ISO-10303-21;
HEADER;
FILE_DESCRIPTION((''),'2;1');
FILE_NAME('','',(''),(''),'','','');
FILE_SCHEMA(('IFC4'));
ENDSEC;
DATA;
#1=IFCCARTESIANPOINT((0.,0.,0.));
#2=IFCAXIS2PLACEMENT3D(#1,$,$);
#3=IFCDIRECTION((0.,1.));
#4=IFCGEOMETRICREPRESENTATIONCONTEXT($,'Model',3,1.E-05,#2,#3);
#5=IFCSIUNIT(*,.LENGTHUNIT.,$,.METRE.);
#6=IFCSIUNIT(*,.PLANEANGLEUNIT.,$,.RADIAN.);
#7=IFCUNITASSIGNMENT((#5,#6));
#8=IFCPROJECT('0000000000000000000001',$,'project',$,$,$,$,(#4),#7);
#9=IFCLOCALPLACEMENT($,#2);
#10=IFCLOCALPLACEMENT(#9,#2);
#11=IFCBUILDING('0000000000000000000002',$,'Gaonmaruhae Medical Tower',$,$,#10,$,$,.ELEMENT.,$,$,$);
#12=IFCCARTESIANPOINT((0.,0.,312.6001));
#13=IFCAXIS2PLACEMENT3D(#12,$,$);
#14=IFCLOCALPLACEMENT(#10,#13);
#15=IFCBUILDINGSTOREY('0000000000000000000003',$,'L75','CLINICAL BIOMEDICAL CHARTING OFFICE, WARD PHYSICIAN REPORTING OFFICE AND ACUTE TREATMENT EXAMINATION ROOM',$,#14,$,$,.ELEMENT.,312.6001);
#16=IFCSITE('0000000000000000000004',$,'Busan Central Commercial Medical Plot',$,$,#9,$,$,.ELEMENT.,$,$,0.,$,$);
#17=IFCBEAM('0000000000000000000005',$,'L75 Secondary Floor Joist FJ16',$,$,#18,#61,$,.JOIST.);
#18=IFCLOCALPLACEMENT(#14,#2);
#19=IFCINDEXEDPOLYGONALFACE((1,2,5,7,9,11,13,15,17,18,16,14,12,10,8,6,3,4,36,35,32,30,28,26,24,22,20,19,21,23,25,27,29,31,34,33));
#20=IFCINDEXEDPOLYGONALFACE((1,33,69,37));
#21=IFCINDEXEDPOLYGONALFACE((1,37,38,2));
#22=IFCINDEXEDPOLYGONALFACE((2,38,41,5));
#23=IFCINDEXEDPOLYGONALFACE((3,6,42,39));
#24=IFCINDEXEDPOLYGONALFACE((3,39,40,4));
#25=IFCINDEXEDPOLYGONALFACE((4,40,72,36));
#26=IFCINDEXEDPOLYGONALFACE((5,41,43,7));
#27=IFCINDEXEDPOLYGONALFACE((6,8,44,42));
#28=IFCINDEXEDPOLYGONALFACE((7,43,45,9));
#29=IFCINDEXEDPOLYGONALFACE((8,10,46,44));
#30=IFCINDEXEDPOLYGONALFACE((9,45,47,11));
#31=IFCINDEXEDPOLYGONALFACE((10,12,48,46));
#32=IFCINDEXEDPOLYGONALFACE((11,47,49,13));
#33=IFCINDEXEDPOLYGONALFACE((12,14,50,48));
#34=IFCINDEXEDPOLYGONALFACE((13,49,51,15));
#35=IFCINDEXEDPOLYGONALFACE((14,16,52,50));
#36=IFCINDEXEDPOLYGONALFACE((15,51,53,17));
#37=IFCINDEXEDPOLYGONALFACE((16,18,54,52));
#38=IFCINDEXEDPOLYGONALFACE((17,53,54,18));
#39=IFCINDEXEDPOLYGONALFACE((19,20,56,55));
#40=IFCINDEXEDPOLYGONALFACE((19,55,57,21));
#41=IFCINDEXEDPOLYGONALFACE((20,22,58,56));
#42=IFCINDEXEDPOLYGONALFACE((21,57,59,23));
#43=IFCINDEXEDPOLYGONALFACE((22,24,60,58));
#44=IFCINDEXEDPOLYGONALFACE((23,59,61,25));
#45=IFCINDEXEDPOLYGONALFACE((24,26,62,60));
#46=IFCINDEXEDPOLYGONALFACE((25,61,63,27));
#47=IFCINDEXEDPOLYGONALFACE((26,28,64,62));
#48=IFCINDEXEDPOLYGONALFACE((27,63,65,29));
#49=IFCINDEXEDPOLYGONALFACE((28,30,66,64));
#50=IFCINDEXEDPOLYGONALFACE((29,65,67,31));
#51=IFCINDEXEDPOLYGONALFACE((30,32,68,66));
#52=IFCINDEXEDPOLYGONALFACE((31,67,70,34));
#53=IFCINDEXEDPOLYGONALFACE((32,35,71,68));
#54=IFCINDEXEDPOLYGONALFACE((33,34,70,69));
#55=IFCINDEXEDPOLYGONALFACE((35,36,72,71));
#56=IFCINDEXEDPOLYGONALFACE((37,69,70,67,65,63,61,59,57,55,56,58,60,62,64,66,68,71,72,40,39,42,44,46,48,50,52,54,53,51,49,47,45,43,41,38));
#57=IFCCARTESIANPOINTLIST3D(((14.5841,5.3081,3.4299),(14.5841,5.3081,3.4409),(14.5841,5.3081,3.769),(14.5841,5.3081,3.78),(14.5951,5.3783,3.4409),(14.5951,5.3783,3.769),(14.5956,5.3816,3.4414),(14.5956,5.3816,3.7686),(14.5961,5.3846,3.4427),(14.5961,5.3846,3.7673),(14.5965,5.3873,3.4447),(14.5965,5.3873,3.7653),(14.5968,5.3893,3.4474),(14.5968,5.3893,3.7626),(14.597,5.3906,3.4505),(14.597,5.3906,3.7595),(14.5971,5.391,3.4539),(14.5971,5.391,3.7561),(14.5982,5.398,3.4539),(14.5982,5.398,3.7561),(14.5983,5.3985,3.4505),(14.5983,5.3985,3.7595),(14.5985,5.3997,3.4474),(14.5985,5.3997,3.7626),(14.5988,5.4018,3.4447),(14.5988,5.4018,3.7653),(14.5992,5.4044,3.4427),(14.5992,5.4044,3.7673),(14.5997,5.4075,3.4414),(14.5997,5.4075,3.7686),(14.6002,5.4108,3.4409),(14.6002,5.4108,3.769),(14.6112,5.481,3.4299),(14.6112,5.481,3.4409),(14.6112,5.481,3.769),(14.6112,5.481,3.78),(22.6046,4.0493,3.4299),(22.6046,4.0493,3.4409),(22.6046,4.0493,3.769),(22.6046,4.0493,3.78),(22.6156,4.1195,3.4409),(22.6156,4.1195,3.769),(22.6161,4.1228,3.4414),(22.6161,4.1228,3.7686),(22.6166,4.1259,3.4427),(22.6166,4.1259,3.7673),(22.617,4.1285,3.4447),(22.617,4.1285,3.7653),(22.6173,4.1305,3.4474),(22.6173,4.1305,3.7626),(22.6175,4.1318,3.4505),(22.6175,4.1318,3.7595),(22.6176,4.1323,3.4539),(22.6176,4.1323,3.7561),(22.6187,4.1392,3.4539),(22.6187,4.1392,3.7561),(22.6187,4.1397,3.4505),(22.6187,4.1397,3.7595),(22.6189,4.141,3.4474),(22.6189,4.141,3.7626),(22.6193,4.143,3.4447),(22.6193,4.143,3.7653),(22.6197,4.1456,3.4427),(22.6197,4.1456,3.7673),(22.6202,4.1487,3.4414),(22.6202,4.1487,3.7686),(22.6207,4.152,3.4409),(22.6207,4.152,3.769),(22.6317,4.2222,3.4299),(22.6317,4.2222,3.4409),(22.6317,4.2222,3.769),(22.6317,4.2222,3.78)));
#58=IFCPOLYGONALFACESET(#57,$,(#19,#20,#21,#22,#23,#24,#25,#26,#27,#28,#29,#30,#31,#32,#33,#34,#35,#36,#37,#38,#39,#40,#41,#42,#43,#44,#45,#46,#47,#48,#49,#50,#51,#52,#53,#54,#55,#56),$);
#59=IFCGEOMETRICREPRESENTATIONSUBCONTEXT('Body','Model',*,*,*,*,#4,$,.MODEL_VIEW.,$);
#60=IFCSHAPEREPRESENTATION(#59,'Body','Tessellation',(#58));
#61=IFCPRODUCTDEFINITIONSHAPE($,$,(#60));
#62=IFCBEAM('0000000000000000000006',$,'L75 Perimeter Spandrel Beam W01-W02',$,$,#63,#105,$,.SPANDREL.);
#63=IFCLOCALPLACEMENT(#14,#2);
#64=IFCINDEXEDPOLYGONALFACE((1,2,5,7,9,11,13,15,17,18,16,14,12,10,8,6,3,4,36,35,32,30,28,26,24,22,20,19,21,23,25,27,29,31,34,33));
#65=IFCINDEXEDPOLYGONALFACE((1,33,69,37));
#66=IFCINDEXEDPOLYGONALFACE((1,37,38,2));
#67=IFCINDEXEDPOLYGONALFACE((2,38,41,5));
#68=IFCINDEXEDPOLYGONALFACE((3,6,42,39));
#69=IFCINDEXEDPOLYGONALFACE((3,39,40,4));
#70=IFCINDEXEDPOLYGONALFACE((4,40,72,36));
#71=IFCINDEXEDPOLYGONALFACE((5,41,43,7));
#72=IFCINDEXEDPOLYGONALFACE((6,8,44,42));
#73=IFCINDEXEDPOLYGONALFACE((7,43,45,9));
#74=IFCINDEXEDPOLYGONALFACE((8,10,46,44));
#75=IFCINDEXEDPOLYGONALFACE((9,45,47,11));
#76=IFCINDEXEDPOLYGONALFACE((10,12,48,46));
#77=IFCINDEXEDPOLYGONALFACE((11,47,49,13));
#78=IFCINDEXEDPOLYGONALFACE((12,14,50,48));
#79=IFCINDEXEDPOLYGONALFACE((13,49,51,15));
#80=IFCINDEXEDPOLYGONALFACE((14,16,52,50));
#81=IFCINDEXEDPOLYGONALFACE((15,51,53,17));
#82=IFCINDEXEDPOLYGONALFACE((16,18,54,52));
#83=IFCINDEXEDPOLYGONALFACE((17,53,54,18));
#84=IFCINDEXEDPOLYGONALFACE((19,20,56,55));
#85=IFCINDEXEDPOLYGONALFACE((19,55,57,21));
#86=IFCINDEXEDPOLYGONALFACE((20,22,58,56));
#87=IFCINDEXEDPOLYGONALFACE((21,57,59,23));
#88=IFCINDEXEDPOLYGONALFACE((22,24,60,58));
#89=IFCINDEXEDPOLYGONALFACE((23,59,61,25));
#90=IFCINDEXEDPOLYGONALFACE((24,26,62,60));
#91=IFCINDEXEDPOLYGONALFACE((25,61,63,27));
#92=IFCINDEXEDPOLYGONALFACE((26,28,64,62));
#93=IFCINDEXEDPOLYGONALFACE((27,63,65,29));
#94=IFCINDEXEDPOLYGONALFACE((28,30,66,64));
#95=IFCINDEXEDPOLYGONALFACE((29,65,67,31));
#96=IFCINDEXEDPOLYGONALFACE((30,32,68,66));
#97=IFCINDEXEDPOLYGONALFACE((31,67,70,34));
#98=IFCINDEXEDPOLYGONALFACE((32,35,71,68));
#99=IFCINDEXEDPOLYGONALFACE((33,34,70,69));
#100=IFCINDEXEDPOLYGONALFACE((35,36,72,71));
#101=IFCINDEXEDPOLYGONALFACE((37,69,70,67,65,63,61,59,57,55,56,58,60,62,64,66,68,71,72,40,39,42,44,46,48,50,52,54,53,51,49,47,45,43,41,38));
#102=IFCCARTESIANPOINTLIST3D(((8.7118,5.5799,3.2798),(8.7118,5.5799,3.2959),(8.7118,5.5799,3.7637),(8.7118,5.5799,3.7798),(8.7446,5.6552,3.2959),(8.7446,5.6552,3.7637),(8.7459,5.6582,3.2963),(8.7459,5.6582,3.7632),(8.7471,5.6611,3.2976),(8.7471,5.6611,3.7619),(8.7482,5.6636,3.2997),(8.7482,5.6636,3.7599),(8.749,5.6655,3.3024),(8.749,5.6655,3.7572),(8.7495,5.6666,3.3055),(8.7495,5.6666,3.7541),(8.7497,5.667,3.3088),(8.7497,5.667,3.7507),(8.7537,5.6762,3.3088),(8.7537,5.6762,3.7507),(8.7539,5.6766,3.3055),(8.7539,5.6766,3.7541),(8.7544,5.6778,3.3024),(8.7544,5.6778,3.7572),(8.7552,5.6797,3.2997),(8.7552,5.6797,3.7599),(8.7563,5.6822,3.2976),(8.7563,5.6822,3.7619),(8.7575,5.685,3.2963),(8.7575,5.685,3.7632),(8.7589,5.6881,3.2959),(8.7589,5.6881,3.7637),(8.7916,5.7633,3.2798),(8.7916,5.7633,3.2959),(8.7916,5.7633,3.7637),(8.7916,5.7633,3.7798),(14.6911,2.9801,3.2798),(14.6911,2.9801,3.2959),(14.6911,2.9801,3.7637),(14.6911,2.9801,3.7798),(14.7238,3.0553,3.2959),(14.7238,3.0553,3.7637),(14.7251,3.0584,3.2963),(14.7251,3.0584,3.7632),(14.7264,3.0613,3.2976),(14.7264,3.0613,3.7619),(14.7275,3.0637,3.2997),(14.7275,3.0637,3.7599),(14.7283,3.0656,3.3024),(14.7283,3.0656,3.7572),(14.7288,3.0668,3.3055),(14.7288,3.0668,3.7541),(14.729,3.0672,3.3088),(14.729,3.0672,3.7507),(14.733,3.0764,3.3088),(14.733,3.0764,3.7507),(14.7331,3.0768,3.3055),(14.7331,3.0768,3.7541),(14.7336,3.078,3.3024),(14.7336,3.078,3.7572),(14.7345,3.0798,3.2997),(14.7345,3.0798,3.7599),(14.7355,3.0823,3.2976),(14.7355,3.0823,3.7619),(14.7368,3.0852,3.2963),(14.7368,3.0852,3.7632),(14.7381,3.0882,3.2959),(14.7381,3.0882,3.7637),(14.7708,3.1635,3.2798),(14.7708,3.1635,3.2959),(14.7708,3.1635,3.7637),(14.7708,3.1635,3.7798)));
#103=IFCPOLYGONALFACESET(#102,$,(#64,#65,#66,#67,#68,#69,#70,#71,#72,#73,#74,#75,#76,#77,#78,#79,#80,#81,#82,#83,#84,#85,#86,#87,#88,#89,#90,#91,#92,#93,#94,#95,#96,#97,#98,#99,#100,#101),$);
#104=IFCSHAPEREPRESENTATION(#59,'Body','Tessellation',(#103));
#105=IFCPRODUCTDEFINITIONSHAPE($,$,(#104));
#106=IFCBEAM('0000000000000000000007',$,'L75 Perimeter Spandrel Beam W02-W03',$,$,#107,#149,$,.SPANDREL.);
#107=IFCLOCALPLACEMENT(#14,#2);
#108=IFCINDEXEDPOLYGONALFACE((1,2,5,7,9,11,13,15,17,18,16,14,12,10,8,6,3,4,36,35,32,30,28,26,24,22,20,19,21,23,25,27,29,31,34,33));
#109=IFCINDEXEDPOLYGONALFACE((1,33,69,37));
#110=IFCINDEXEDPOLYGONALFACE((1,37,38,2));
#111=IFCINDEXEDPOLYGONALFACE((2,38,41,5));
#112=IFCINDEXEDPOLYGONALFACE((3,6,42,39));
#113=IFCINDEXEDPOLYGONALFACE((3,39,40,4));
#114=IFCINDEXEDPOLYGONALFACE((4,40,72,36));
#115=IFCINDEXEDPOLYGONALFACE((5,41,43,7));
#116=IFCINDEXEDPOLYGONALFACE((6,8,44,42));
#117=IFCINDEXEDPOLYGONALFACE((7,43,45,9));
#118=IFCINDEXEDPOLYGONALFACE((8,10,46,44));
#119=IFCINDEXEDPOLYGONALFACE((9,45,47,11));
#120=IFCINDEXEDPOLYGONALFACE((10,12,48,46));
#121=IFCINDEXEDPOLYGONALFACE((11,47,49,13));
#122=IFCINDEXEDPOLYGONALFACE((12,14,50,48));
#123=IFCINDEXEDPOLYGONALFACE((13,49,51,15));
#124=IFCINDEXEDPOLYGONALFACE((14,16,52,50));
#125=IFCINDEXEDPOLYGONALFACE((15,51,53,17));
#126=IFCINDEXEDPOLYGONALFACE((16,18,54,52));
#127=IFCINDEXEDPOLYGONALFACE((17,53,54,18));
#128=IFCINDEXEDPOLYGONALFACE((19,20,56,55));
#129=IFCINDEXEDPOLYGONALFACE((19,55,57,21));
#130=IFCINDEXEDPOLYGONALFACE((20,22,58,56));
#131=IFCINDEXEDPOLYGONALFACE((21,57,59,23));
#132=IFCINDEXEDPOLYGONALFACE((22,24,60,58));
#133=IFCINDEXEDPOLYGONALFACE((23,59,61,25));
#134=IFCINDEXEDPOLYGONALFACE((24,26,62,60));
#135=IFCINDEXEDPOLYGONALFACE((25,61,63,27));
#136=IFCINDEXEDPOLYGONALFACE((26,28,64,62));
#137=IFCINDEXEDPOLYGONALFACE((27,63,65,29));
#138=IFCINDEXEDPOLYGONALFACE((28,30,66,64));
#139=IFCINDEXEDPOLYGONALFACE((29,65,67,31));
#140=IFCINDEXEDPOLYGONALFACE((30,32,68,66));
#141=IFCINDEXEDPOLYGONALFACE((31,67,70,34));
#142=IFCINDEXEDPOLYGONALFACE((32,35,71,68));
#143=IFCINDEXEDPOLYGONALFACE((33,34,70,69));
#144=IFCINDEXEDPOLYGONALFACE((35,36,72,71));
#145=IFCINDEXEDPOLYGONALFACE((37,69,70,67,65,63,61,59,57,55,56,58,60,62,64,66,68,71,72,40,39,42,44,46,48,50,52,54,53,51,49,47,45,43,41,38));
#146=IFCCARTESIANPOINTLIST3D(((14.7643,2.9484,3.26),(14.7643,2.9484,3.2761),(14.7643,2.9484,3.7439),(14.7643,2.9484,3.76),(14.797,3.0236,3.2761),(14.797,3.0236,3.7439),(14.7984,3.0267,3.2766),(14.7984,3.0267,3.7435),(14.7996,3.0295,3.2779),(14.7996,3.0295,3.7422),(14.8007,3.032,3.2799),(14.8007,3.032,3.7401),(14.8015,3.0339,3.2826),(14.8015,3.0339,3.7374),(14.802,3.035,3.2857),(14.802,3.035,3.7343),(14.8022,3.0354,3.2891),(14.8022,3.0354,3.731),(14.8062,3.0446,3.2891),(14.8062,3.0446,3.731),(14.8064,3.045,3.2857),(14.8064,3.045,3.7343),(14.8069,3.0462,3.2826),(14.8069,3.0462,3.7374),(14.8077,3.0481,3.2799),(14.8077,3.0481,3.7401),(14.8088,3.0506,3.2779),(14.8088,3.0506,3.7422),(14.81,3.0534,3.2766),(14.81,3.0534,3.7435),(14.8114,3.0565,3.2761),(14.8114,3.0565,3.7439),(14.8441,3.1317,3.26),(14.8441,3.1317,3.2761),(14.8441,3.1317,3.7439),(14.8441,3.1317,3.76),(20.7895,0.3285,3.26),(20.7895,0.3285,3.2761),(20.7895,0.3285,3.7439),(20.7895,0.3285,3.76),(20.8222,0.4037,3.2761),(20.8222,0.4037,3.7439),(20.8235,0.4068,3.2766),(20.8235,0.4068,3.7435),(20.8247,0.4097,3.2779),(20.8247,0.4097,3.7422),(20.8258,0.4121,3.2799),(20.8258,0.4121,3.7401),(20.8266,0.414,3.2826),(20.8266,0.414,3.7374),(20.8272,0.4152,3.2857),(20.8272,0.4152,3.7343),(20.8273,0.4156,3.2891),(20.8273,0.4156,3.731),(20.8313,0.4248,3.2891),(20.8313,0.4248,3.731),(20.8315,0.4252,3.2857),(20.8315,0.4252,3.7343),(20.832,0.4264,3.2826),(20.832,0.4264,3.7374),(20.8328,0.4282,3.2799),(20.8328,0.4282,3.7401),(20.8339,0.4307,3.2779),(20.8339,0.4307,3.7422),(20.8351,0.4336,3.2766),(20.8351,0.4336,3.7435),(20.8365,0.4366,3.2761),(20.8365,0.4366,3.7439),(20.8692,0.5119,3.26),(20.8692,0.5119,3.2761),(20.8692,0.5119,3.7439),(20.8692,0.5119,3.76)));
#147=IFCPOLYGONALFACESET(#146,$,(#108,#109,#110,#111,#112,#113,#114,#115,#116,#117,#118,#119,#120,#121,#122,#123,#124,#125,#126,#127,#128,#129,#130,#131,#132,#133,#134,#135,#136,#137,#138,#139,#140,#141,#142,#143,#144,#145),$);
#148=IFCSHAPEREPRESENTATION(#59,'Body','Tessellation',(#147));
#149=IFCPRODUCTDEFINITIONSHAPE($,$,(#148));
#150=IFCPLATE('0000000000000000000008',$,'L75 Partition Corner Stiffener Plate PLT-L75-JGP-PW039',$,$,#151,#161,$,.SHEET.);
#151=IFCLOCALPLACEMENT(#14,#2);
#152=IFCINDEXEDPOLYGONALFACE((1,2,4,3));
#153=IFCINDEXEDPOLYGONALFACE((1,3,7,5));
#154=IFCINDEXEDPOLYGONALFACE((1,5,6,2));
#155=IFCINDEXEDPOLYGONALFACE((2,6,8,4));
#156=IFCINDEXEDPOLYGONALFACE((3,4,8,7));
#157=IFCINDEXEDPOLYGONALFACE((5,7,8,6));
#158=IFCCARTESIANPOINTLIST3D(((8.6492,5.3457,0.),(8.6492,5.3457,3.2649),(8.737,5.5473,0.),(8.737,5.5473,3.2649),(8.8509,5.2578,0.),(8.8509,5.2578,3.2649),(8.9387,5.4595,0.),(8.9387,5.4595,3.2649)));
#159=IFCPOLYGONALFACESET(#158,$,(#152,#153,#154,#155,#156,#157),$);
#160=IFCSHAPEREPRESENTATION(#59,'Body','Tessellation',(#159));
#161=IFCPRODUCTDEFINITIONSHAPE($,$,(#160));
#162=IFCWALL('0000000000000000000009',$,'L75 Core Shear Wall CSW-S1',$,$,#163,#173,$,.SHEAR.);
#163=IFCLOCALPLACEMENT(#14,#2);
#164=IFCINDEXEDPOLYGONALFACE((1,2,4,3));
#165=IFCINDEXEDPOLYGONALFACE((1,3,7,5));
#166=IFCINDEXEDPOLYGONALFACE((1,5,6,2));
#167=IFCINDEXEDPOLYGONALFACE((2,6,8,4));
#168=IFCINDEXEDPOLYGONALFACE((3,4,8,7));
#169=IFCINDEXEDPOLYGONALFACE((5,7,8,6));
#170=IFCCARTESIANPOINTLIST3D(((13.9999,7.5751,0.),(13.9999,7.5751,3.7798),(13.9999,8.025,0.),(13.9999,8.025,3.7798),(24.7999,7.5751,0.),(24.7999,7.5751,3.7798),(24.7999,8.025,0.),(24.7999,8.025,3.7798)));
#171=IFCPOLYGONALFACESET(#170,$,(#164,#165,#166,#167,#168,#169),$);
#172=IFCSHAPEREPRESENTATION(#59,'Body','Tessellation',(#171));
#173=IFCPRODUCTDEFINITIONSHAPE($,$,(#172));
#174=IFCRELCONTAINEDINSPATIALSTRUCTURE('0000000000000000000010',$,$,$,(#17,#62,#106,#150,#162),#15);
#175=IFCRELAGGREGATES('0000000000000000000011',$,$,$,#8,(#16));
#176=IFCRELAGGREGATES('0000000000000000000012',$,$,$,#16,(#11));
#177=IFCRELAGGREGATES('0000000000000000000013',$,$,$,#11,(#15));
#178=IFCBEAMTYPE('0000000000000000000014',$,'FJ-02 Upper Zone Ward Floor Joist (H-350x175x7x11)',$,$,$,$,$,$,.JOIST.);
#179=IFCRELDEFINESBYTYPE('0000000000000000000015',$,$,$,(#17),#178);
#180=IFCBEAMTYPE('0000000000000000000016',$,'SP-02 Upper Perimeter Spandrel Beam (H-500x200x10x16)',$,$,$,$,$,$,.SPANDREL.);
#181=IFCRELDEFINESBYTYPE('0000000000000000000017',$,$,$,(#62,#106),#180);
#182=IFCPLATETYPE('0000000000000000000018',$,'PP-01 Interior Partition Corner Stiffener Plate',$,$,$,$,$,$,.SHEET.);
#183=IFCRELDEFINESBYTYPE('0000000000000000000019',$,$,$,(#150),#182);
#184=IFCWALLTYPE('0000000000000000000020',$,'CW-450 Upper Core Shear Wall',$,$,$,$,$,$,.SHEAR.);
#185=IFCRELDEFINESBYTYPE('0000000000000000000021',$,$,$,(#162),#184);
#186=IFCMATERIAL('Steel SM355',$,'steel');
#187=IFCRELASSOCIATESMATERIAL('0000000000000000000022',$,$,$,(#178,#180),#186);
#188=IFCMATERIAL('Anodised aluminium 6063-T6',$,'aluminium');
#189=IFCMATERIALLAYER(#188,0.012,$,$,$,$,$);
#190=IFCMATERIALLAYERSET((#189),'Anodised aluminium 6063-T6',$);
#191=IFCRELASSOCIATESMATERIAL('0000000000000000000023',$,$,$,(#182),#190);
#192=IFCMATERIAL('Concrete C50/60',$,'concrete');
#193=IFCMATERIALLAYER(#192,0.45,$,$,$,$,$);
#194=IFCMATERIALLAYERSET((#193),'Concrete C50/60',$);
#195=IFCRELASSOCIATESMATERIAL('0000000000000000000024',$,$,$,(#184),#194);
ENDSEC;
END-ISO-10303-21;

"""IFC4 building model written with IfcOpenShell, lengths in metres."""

from ifc_helpers import new_model, si_unit, direction, frame, frame_2d, origin, origin_2d, place, context, subcontext, project, spatial, rectangle, i_section, extrude, material, layer, layer_set, material_profile, profile_set, type_object, element, save


model = new_model("IFC4")

# Units and contexts
model_context = context("Model", 3, precision=1e-05, world=origin(), true_north=direction((0.0, 1.0)))
body_context = subcontext(model_context, "Body", "Model", "MODEL_VIEW")
ifc_project = project(units=[si_unit("LENGTHUNIT", "METRE"), si_unit("PLANEANGLEUNIT", "RADIAN")], contexts=[model_context])

# Site, building, storey
site_placement = place(None, origin())
site = spatial("IfcSite", under=ifc_project, at=site_placement, Name="Busan Central Commercial Medical Plot", CompositionType="ELEMENT", RefElevation=0.0)
building_placement = place(site_placement, origin())
building = spatial("IfcBuilding", under=site, at=building_placement, Name="Gaonmaruhae Medical Tower", CompositionType="ELEMENT")
storey_placement = place(building_placement, frame((0.0, 0.0, 312.6001)))
storey = spatial("IfcBuildingStorey", under=building, at=storey_placement, Name="L75", Description="CLINICAL BIOMEDICAL CHARTING OFFICE, WARD PHYSICIAN REPORTING OFFICE AND ACUTE TREATMENT EXAMINATION ROOM", CompositionType="ELEMENT", Elevation=312.6001)

# Shared definitions
ifc_material_1 = material(Name="Concrete C50/60", Category="concrete")

# Beams
ifc_material_2 = material(Name="Steel SM355", Category="steel")
ifc_material_profile_1 = material_profile(ifc_material_2, i_section(OverallWidth=0.175, OverallDepth=0.3501, WebThickness=0.0071, FlangeThickness=0.011, FilletRadius=0.0129, at=origin_2d()), Name="H-350x175x7x11")
ifc_profile_set_1 = profile_set([ifc_material_profile_1], Name="Steel SM355")
beam_type_1 = type_object("IfcBeamType", Name="FJ-02 Upper Zone Ward Floor Joist (H-350x175x7x11)", PredefinedType="JOIST", material=ifc_profile_set_1)
beam_1_placement = place(storey_placement, frame((14.5977, 5.3945, 3.605), z_axis=(0.987907, -0.155048, 0.0), x_axis=(0.155048, 0.987907, 0.0)))
element("IfcBeam", 1, at=beam_1_placement, inside=storey, type_object=beam_type_1, Name="L75 Secondary Floor Joist FJ16", PredefinedType="JOIST", context=body_context, shape_type="SweptSolid", body=[
    extrude(i_section(OverallWidth=0.175, OverallDepth=0.3501, WebThickness=0.0071, FlangeThickness=0.011, FilletRadius=0.0129, at=origin_2d()), origin(), (0.0, 0.0, 1.0), 8.1187),
])
ifc_material_profile_2 = material_profile(ifc_material_2, i_section(OverallWidth=0.2, OverallDepth=0.5, WebThickness=0.01, FlangeThickness=0.0161, FilletRadius=0.0129, at=origin_2d()), Name="H-500x200x10x16")
ifc_profile_set_2 = profile_set([ifc_material_profile_2], Name="Steel SM355")
beam_type_2 = type_object("IfcBeamType", Name="SP-02 Upper Perimeter Spandrel Beam (H-500x200x10x16)", PredefinedType="SPANDREL", material=ifc_profile_set_2)
beam_2_placement = place(storey_placement, frame((8.7517, 5.6716, 3.5298), z_axis=(0.91706, -0.398749, 0.0), x_axis=(0.398749, 0.91706, 0.0)))
element("IfcBeam", 2, at=beam_2_placement, inside=storey, type_object=beam_type_2, Name="L75 Perimeter Spandrel Beam W01-W02", PredefinedType="SPANDREL", context=body_context, shape_type="SweptSolid", body=[
    extrude(i_section(OverallWidth=0.2, OverallDepth=0.5, WebThickness=0.01, FlangeThickness=0.0161, FilletRadius=0.0129, at=origin_2d()), origin(), (0.0, 0.0, 1.0), 6.52),
])
beam_3_placement = place(storey_placement, frame((14.8042, 3.04, 3.51), z_axis=(0.917056, -0.398757, 0.0), x_axis=(0.398757, 0.917056, 0.0)))
element("IfcBeam", 3, at=beam_3_placement, inside=storey, type_object=beam_type_2, Name="L75 Perimeter Spandrel Beam W02-W03", PredefinedType="SPANDREL", context=body_context, shape_type="SweptSolid", body=[
    extrude(i_section(OverallWidth=0.2, OverallDepth=0.5, WebThickness=0.01, FlangeThickness=0.0161, FilletRadius=0.0129, at=origin_2d()), origin(), (0.0, 0.0, 1.0), 6.5701),
])

# Plate
ifc_material_3 = material(Name="Anodised aluminium 6063-T6", Category="aluminium")
ifc_layer_1 = layer(ifc_material_3, 0.012)
ifc_layer_set_1 = layer_set([ifc_layer_1], Name="Anodised aluminium 6063-T6")
plate_type = type_object("IfcPlateType", Name="PP-01 Interior Partition Corner Stiffener Plate", PredefinedType="SHEET", material=ifc_layer_set_1)
plate_placement = place(storey_placement, frame((8.7939, 5.4026, 0.0), z_axis=(0.0, 0.0, 1.0), x_axis=(-0.916809, 0.399325, 0.0)))
element("IfcPlate", 4, at=plate_placement, inside=storey, type_object=plate_type, Name="L75 Partition Corner Stiffener Plate PLT-L75-JGP-PW039", PredefinedType="SHEET", context=body_context, shape_type="SweptSolid", body=[
    extrude(rectangle(XDim=0.22, YDim=0.22, at=origin_2d()), origin(), (0.0, 0.0, 1.0), 3.2649),
])

# Wall
ifc_layer_2 = layer(ifc_material_1, 0.45)
ifc_layer_set_2 = layer_set([ifc_layer_2], Name="Concrete C50/60")
wall_type_1 = type_object("IfcWallType", Name="CW-450 Upper Core Shear Wall", PredefinedType="SHEAR", material=ifc_layer_set_2)
wall_1_placement = place(storey_placement, frame((14.0, 7.8, 0.0), z_axis=(0.0, 0.0, 1.0), x_axis=(1.0, 0.0, 0.0)))
element("IfcWall", 5, at=wall_1_placement, inside=storey, type_object=wall_type_1, Name="L75 Core Shear Wall CSW-S1", PredefinedType="SHEAR", context=body_context, shape_type="SweptSolid", body=[
    extrude(rectangle(XDim=10.8, YDim=0.45, at=frame_2d((5.3999, 0.0))), origin(), (0.0, 0.0, 1.0), 3.7798),
])

save(model, "model.ifc")
